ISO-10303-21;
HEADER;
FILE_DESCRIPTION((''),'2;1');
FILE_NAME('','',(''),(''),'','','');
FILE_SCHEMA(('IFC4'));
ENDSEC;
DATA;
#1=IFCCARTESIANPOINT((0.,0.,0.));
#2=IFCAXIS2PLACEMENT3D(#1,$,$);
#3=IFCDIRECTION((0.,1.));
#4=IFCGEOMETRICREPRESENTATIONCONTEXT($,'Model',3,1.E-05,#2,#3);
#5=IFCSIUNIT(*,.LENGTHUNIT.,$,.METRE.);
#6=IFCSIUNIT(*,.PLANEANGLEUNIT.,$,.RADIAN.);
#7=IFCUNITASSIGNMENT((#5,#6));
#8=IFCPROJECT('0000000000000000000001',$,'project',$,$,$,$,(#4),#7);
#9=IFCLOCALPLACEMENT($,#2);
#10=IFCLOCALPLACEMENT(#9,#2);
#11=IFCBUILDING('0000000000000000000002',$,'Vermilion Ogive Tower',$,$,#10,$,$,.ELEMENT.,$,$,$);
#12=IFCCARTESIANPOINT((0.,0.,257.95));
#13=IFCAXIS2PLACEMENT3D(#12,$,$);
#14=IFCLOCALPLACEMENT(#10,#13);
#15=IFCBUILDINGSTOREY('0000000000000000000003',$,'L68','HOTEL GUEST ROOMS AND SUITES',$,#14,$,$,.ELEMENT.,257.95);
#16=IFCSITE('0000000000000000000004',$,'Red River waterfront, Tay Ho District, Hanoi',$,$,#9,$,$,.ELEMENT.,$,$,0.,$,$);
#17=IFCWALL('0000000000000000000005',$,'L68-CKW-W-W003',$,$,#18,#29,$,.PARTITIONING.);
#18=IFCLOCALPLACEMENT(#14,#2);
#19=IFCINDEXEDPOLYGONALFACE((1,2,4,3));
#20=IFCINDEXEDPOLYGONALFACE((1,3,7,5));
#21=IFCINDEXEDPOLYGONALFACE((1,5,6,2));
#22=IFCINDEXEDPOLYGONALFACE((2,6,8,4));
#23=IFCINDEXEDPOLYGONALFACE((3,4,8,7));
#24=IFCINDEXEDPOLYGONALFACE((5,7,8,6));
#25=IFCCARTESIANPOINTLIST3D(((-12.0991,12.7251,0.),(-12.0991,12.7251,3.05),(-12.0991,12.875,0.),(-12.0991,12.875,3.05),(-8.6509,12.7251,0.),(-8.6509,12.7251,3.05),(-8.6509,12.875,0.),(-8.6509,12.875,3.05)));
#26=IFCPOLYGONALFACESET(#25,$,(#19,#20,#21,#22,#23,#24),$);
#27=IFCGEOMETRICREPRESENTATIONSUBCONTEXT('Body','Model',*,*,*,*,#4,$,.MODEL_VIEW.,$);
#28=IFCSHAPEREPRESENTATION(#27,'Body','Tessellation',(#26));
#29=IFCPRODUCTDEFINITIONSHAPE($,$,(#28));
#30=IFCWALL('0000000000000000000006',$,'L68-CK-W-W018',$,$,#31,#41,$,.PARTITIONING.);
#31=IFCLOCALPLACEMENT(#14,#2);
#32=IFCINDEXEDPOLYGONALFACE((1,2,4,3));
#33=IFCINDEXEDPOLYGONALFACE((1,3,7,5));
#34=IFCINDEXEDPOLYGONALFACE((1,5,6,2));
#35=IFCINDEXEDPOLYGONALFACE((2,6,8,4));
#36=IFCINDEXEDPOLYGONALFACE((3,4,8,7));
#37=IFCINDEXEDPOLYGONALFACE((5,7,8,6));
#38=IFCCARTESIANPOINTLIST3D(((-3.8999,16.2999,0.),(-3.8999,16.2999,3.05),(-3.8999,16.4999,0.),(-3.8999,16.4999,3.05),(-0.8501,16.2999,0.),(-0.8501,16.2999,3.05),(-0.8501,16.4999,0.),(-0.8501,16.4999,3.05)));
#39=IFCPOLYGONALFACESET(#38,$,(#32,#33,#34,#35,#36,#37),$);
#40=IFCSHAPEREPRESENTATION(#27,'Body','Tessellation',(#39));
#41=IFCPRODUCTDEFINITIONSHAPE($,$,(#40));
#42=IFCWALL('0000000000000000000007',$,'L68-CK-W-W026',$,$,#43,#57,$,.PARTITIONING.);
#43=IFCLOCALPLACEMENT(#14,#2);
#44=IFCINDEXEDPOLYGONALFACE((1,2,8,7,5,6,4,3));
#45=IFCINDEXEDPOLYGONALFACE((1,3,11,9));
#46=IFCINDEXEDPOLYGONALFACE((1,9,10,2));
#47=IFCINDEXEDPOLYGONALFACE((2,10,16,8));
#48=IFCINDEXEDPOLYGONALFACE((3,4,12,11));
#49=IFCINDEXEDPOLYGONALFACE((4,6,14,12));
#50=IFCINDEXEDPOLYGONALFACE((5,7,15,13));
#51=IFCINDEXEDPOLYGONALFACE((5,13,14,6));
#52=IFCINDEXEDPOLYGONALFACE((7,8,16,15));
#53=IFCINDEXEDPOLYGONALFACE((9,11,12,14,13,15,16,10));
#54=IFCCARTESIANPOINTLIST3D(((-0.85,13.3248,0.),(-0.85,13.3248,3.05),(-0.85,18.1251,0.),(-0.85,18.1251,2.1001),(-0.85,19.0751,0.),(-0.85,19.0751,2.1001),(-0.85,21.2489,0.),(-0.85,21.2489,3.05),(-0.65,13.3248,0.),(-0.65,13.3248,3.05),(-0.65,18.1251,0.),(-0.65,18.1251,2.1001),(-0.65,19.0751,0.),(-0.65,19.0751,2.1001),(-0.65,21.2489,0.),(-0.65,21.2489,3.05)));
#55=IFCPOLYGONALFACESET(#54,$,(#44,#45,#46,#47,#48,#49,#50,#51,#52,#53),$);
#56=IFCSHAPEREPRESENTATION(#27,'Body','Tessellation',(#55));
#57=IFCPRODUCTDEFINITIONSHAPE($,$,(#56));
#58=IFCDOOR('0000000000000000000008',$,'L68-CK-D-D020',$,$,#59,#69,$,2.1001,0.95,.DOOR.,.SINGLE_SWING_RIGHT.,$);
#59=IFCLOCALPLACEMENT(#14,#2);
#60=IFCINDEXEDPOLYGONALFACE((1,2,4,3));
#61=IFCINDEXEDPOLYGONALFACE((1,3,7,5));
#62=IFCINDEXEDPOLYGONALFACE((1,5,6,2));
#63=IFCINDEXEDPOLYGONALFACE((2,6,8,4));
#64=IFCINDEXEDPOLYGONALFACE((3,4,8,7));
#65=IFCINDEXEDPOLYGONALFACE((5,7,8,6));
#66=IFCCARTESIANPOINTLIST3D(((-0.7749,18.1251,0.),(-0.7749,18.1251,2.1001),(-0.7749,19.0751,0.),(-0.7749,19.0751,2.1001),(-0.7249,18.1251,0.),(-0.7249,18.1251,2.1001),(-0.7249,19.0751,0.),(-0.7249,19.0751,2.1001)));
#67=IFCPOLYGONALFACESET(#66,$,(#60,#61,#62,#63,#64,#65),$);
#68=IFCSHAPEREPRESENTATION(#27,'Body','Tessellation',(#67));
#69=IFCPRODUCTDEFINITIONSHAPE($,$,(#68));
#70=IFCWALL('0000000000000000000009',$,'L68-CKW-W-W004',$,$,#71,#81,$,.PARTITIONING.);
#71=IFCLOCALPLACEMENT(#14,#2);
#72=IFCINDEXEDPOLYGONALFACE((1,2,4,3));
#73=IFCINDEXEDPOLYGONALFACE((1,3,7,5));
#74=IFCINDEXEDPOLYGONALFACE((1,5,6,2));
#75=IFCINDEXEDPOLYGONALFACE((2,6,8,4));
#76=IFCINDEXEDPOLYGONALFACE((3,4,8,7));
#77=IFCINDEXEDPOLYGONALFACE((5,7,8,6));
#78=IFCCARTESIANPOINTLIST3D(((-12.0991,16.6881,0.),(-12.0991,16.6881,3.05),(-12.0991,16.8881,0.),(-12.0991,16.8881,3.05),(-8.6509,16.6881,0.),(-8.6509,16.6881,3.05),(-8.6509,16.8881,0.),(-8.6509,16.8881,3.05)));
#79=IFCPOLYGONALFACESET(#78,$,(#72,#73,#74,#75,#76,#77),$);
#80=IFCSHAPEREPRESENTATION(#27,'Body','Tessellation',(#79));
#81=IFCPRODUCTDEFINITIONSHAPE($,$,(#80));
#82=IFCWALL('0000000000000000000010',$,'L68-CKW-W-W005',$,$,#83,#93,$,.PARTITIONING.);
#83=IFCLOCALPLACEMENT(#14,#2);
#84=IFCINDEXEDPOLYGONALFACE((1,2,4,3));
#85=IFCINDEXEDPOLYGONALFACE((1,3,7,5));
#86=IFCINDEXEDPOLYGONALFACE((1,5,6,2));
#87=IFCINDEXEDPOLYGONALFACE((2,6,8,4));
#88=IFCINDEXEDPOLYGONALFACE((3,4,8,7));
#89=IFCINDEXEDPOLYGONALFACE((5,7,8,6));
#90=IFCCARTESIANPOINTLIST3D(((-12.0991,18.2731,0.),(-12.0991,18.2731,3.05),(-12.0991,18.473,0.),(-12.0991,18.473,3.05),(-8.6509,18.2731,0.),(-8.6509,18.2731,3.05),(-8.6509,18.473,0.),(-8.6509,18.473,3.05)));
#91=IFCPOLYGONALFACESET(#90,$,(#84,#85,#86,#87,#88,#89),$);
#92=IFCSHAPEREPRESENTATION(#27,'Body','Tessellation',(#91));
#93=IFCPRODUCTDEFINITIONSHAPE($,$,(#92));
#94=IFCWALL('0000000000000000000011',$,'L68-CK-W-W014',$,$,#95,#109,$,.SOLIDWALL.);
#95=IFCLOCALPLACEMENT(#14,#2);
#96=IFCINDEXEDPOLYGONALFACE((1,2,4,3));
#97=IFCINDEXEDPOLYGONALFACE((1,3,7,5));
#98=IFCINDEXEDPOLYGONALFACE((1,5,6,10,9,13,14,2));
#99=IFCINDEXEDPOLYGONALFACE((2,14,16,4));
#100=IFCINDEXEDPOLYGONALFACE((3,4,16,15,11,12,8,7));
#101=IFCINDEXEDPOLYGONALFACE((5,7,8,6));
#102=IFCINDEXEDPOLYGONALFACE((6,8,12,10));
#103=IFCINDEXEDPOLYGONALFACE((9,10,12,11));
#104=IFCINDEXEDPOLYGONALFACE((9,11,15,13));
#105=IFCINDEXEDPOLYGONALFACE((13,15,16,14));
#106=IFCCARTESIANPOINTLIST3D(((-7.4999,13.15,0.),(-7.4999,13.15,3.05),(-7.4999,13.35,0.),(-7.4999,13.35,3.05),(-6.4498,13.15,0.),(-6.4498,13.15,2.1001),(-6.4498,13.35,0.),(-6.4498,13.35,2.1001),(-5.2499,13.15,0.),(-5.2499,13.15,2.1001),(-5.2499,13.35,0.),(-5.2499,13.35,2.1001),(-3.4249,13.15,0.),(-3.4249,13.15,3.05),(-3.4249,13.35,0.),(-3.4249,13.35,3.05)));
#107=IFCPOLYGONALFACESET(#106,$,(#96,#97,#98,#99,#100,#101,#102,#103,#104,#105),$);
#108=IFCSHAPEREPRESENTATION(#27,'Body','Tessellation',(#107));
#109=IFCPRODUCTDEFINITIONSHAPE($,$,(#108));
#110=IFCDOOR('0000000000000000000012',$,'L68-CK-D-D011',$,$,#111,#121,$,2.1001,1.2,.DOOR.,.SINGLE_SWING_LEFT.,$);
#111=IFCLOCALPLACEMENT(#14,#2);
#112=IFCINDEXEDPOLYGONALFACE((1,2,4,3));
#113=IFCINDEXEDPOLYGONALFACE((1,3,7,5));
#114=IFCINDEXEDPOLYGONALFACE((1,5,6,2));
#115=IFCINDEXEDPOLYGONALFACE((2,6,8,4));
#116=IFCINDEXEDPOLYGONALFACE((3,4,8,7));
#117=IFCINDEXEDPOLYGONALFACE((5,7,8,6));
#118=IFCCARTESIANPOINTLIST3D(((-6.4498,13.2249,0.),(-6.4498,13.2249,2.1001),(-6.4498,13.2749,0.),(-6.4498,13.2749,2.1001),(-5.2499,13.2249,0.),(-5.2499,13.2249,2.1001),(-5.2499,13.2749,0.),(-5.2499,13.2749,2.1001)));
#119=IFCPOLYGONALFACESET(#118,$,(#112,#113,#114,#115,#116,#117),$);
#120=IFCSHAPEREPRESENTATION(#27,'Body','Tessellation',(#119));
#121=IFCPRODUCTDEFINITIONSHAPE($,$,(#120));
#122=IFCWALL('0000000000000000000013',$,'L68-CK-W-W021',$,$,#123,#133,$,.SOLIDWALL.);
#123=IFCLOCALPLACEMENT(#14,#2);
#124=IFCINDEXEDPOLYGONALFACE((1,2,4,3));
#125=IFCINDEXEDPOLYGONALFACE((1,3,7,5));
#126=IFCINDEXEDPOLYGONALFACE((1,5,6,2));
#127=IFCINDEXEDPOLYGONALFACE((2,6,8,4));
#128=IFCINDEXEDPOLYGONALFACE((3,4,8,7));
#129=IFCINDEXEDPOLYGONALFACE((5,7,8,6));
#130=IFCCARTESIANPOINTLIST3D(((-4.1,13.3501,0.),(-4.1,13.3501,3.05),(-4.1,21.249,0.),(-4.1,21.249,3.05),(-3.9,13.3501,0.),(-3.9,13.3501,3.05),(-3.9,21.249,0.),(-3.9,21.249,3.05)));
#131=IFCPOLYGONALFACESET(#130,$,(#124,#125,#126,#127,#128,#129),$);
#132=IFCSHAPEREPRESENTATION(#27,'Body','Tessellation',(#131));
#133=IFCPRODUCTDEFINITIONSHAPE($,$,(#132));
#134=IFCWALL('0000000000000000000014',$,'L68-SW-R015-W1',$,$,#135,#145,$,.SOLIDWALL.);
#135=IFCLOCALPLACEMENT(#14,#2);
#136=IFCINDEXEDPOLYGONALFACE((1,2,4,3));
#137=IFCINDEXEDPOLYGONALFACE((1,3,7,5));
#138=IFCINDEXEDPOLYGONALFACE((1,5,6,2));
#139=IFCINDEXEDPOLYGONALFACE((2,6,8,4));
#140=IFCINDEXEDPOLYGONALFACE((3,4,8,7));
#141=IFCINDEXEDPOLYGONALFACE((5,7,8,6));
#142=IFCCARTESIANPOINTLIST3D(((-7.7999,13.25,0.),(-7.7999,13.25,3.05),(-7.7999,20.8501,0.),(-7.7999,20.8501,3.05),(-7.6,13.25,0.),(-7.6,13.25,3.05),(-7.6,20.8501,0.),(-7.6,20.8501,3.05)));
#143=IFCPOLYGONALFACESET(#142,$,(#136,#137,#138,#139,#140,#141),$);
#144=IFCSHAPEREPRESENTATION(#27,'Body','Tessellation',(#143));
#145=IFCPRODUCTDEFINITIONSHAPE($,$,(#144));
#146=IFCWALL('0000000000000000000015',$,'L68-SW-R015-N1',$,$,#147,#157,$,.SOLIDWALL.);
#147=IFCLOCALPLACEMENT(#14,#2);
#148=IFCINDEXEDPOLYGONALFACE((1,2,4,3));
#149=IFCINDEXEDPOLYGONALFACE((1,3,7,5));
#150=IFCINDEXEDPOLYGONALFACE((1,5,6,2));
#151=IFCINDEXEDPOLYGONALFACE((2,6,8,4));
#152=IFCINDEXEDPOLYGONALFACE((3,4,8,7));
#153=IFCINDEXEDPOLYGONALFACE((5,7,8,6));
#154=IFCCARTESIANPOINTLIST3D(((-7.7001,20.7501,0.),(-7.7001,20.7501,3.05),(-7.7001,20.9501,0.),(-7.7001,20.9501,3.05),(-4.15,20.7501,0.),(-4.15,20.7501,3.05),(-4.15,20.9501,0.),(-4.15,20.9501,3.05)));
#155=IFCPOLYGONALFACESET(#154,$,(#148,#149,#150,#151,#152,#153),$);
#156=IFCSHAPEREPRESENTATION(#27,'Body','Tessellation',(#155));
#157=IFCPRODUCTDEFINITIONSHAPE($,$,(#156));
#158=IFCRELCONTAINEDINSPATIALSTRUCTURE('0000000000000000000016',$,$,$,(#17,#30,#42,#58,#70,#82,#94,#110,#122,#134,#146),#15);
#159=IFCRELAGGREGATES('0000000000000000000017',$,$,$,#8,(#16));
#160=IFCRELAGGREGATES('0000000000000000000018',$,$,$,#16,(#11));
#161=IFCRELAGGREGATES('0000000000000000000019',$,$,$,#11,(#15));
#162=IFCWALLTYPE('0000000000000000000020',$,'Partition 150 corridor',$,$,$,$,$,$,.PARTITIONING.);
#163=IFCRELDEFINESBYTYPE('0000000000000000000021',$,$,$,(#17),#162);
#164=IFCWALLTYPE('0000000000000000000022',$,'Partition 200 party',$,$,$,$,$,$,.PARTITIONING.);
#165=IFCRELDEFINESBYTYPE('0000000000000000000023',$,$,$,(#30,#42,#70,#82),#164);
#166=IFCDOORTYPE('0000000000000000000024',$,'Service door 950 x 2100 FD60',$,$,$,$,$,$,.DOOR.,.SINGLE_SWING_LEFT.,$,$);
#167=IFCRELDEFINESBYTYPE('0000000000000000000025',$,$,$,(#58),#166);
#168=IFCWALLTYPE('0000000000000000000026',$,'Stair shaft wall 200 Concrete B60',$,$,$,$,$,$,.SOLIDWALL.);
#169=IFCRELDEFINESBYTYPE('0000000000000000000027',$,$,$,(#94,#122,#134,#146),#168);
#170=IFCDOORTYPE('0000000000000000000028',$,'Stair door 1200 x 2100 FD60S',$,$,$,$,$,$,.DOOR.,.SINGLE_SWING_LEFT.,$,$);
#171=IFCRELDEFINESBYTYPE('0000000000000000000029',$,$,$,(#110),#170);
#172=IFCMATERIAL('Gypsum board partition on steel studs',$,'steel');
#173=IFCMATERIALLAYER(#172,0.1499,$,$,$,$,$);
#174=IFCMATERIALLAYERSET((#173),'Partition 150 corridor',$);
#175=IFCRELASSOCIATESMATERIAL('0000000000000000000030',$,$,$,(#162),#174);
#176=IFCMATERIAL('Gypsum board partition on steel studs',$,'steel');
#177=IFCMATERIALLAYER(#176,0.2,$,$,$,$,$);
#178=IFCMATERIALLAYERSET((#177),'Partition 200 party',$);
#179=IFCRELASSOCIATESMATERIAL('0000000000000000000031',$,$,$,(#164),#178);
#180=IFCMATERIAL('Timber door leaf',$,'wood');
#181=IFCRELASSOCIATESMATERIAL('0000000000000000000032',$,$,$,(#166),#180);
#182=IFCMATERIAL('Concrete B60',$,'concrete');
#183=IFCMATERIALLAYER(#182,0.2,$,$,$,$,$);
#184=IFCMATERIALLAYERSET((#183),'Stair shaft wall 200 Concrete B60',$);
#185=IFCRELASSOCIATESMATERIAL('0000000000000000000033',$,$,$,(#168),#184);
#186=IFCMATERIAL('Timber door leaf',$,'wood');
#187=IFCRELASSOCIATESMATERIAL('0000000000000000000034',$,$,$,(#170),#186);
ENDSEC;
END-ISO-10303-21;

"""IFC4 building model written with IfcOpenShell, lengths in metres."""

from ifc_helpers import new_model, si_unit, direction, frame, frame_2d, origin, place, context, subcontext, project, spatial, rectangle, extrude, material, layer, layer_set, type_object, element, fill, save


model = new_model("IFC4")

# Units and contexts
model_context = context("Model", 3, precision=1e-05, world=origin(), true_north=direction((0.0, 1.0)))
body_context = subcontext(model_context, "Body", "Model", "MODEL_VIEW")
ifc_project = project(units=[si_unit("LENGTHUNIT", "METRE"), si_unit("PLANEANGLEUNIT", "RADIAN")], contexts=[model_context])

# Site, building, storey
site_placement = place(None, origin())
site = spatial("IfcSite", under=ifc_project, at=site_placement, Name="Red River waterfront, Tay Ho District, Hanoi", CompositionType="ELEMENT", RefElevation=0.0)
building_placement = place(site_placement, origin())
building = spatial("IfcBuilding", under=site, at=building_placement, Name="Vermilion Ogive Tower", CompositionType="ELEMENT")
storey_placement = place(building_placement, frame((0.0, 0.0, 257.95)))
storey = spatial("IfcBuildingStorey", under=building, at=storey_placement, Name="L68", Description="HOTEL GUEST ROOMS AND SUITES", CompositionType="ELEMENT", Elevation=257.95)

# Shared definitions
ifc_material_1 = material(Name="Gypsum board partition on steel studs", Category="steel")
ifc_layer_1 = layer(ifc_material_1, 0.1499)
ifc_layer_set_1 = layer_set([ifc_layer_1], Name="Partition 150 corridor")
wall_type_1 = type_object("IfcWallType", Name="Partition 150 corridor", PredefinedType="PARTITIONING", material=ifc_layer_set_1)

# Walls
wall_1_placement = place(storey_placement, frame((-12.0991, 12.8, 0.0), z_axis=(0.0, 0.0, 1.0), x_axis=(1.0, 0.0, 0.0)))
element("IfcWall", 1, at=wall_1_placement, inside=storey, type_object=wall_type_1, Name="L68-CKW-W-W003", PredefinedType="PARTITIONING", context=body_context, shape_type="SweptSolid", body=[
    extrude(rectangle(XDim=3.4482, YDim=0.1499, at=frame_2d((1.7241, 0.0))), origin(), (0.0, 0.0, 1.0), 3.05),
])
ifc_material_2 = material(Name="Gypsum board partition on steel studs", Category="steel")
ifc_layer_2 = layer(ifc_material_2, 0.2)
ifc_layer_set_2 = layer_set([ifc_layer_2], Name="Partition 200 party")
wall_type_2 = type_object("IfcWallType", Name="Partition 200 party", PredefinedType="PARTITIONING", material=ifc_layer_set_2)
wall_2_placement = place(storey_placement, frame((-3.8999, 16.3999, 0.0), z_axis=(0.0, 0.0, 1.0), x_axis=(1.0, 0.0, 0.0)))
element("IfcWall", 2, at=wall_2_placement, inside=storey, type_object=wall_type_2, Name="L68-CK-W-W018", PredefinedType="PARTITIONING", context=body_context, shape_type="SweptSolid", body=[
    extrude(rectangle(XDim=3.0498, YDim=0.2, at=frame_2d((1.5249, 0.0))), origin(), (0.0, 0.0, 1.0), 3.05),
])

# Wall, opening, door
wall_3_placement = place(storey_placement, frame((-0.75, 13.325, 0.0), z_axis=(0.0, 0.0, 1.0), x_axis=(0.0, 1.0, 0.0)))
wall_3 = element("IfcWall", 3, at=wall_3_placement, inside=storey, type_object=wall_type_2, Name="L68-CK-W-W026", PredefinedType="PARTITIONING", context=body_context, shape_type="SweptSolid", body=[
    extrude(rectangle(XDim=7.9241, YDim=0.2, at=frame_2d((3.9619, 0.0))), origin(), (0.0, 0.0, 1.0), 3.05),
])
opening_1_placement = place(wall_3_placement, frame((4.8, 0.0, 0.0)))
opening_1 = element("IfcOpeningElement", 4, at=opening_1_placement, cuts=wall_3, PredefinedType="OPENING", context=body_context, shape_type="SweptSolid", body=[
    extrude(rectangle(XDim=0.95, YDim=2.1001, at=frame_2d((0.4751, 1.05))), frame((0.0, 0.1099, 0.0), z_axis=(0.0, -1.0, 0.0), x_axis=(1.0, 0.0, 0.0)), (0.0, 0.0, 1.0), 0.22),
])
ifc_material_3 = material(Name="Timber door leaf", Category="wood")
door_type_1 = type_object("IfcDoorType", Name="Service door 950 x 2100 FD60", OperationType="SINGLE_SWING_LEFT", PredefinedType="DOOR", material=ifc_material_3)
door_1_placement = place(opening_1_placement, origin())
door_1 = element("IfcDoor", 5, at=door_1_placement, inside=storey, type_object=door_type_1, Name="L68-CK-D-D020", OperationType="SINGLE_SWING_RIGHT", OverallHeight=2.1001, OverallWidth=0.95, PredefinedType="DOOR", context=body_context, shape_type="SweptSolid", body=[
    extrude(rectangle(XDim=0.95, YDim=2.1001, at=frame_2d((0.4751, 1.05))), frame((0.0, 0.0249, 0.0), z_axis=(0.0, -1.0, 0.0), x_axis=(1.0, 0.0, 0.0)), (0.0, 0.0, 1.0), 0.05),
])
fill(opening_1, door_1)

# Walls
for number, where, z_axis, x_axis, name in (
    (6, (-12.0991, 16.7881, 0.0), (0.0, 0.0, 1.0), (1.0, 0.0, 0.0), "L68-CKW-W-W004"),
    (7, (-12.0991, 18.373, 0.0), (0.0, 0.0, 1.0), (1.0, 0.0, 0.0), "L68-CKW-W-W005"),
):
    element("IfcWall", number, at=place(storey_placement, frame(where, z_axis=z_axis, x_axis=x_axis)), inside=storey, type_object=wall_type_2, Name=name, PredefinedType="PARTITIONING", context=body_context, shape_type="SweptSolid", body=[
        extrude(rectangle(XDim=3.4482, YDim=0.2, at=frame_2d((1.7241, 0.0))), origin(), (0.0, 0.0, 1.0), 3.05),
    ])

# Wall, opening, door
ifc_material_4 = material(Name="Concrete B60", Category="concrete")
ifc_layer_3 = layer(ifc_material_4, 0.2)
ifc_layer_set_3 = layer_set([ifc_layer_3], Name="Stair shaft wall 200 Concrete B60")
wall_type_3 = type_object("IfcWallType", Name="Stair shaft wall 200 Concrete B60", PredefinedType="SOLIDWALL", material=ifc_layer_set_3)
wall_4_placement = place(storey_placement, frame((-7.5, 13.25, 0.0), z_axis=(0.0, 0.0, 1.0), x_axis=(1.0, 0.0, 0.0)))
wall_4 = element("IfcWall", 8, at=wall_4_placement, inside=storey, type_object=wall_type_3, Name="L68-CK-W-W014", PredefinedType="SOLIDWALL", context=body_context, shape_type="SweptSolid", body=[
    extrude(rectangle(XDim=4.075, YDim=0.2, at=frame_2d((2.0376, 0.0))), origin(), (0.0, 0.0, 1.0), 3.05),
])
opening_2_placement = place(wall_4_placement, frame((1.05, 0.0, 0.0)))
opening_2 = element("IfcOpeningElement", 9, at=opening_2_placement, cuts=wall_4, PredefinedType="OPENING", context=body_context, shape_type="SweptSolid", body=[
    extrude(rectangle(XDim=1.2, YDim=2.1001, at=frame_2d((0.6001, 1.05))), frame((0.0, 0.1099, 0.0), z_axis=(0.0, -1.0, 0.0), x_axis=(1.0, 0.0, 0.0)), (0.0, 0.0, 1.0), 0.22),
])
ifc_material_5 = material(Name="Timber door leaf", Category="wood")
door_type_2 = type_object("IfcDoorType", Name="Stair door 1200 x 2100 FD60S", OperationType="SINGLE_SWING_LEFT", PredefinedType="DOOR", material=ifc_material_5)
door_2_placement = place(opening_2_placement, origin())
door_2 = element("IfcDoor", 10, at=door_2_placement, inside=storey, type_object=door_type_2, Name="L68-CK-D-D011", OperationType="SINGLE_SWING_LEFT", OverallHeight=2.1001, OverallWidth=1.2, PredefinedType="DOOR", context=body_context, shape_type="SweptSolid", body=[
    extrude(rectangle(XDim=1.2, YDim=2.1001, at=frame_2d((0.6001, 1.05))), frame((0.0, 0.0249, 0.0), z_axis=(0.0, -1.0, 0.0), x_axis=(1.0, 0.0, 0.0)), (0.0, 0.0, 1.0), 0.05),
])
fill(opening_2, door_2)

# Walls
wall_5_placement = place(storey_placement, frame((-4.0, 13.3501, 0.0), z_axis=(0.0, 0.0, 1.0), x_axis=(0.0, 1.0, 0.0)))
element("IfcWall", 11, at=wall_5_placement, inside=storey, type_object=wall_type_3, Name="L68-CK-W-W021", PredefinedType="SOLIDWALL", context=body_context, shape_type="SweptSolid", body=[
    extrude(rectangle(XDim=7.8989, YDim=0.2, at=frame_2d((3.9495, 0.0))), origin(), (0.0, 0.0, 1.0), 3.05),
])
wall_6_placement = place(storey_placement, frame((-7.7, 13.25, 0.0), z_axis=(0.0, 0.0, 1.0), x_axis=(0.0, 1.0, 0.0)))
element("IfcWall", 12, at=wall_6_placement, inside=storey, type_object=wall_type_3, Name="L68-SW-R015-W1", PredefinedType="SOLIDWALL", context=body_context, shape_type="SweptSolid", body=[
    extrude(rectangle(XDim=7.6001, YDim=0.2, at=frame_2d((3.8, 0.0))), origin(), (0.0, 0.0, 1.0), 3.05),
])
wall_7_placement = place(storey_placement, frame((-7.7, 20.8501, 0.0), z_axis=(0.0, 0.0, 1.0), x_axis=(1.0, 0.0, 0.0)))
element("IfcWall", 13, at=wall_7_placement, inside=storey, type_object=wall_type_3, Name="L68-SW-R015-N1", PredefinedType="SOLIDWALL", context=body_context, shape_type="SweptSolid", body=[
    extrude(rectangle(XDim=3.55, YDim=0.2, at=frame_2d((1.7749, 0.0))), origin(), (0.0, 0.0, 1.0), 3.05),
])

save(model, "model.ifc")
